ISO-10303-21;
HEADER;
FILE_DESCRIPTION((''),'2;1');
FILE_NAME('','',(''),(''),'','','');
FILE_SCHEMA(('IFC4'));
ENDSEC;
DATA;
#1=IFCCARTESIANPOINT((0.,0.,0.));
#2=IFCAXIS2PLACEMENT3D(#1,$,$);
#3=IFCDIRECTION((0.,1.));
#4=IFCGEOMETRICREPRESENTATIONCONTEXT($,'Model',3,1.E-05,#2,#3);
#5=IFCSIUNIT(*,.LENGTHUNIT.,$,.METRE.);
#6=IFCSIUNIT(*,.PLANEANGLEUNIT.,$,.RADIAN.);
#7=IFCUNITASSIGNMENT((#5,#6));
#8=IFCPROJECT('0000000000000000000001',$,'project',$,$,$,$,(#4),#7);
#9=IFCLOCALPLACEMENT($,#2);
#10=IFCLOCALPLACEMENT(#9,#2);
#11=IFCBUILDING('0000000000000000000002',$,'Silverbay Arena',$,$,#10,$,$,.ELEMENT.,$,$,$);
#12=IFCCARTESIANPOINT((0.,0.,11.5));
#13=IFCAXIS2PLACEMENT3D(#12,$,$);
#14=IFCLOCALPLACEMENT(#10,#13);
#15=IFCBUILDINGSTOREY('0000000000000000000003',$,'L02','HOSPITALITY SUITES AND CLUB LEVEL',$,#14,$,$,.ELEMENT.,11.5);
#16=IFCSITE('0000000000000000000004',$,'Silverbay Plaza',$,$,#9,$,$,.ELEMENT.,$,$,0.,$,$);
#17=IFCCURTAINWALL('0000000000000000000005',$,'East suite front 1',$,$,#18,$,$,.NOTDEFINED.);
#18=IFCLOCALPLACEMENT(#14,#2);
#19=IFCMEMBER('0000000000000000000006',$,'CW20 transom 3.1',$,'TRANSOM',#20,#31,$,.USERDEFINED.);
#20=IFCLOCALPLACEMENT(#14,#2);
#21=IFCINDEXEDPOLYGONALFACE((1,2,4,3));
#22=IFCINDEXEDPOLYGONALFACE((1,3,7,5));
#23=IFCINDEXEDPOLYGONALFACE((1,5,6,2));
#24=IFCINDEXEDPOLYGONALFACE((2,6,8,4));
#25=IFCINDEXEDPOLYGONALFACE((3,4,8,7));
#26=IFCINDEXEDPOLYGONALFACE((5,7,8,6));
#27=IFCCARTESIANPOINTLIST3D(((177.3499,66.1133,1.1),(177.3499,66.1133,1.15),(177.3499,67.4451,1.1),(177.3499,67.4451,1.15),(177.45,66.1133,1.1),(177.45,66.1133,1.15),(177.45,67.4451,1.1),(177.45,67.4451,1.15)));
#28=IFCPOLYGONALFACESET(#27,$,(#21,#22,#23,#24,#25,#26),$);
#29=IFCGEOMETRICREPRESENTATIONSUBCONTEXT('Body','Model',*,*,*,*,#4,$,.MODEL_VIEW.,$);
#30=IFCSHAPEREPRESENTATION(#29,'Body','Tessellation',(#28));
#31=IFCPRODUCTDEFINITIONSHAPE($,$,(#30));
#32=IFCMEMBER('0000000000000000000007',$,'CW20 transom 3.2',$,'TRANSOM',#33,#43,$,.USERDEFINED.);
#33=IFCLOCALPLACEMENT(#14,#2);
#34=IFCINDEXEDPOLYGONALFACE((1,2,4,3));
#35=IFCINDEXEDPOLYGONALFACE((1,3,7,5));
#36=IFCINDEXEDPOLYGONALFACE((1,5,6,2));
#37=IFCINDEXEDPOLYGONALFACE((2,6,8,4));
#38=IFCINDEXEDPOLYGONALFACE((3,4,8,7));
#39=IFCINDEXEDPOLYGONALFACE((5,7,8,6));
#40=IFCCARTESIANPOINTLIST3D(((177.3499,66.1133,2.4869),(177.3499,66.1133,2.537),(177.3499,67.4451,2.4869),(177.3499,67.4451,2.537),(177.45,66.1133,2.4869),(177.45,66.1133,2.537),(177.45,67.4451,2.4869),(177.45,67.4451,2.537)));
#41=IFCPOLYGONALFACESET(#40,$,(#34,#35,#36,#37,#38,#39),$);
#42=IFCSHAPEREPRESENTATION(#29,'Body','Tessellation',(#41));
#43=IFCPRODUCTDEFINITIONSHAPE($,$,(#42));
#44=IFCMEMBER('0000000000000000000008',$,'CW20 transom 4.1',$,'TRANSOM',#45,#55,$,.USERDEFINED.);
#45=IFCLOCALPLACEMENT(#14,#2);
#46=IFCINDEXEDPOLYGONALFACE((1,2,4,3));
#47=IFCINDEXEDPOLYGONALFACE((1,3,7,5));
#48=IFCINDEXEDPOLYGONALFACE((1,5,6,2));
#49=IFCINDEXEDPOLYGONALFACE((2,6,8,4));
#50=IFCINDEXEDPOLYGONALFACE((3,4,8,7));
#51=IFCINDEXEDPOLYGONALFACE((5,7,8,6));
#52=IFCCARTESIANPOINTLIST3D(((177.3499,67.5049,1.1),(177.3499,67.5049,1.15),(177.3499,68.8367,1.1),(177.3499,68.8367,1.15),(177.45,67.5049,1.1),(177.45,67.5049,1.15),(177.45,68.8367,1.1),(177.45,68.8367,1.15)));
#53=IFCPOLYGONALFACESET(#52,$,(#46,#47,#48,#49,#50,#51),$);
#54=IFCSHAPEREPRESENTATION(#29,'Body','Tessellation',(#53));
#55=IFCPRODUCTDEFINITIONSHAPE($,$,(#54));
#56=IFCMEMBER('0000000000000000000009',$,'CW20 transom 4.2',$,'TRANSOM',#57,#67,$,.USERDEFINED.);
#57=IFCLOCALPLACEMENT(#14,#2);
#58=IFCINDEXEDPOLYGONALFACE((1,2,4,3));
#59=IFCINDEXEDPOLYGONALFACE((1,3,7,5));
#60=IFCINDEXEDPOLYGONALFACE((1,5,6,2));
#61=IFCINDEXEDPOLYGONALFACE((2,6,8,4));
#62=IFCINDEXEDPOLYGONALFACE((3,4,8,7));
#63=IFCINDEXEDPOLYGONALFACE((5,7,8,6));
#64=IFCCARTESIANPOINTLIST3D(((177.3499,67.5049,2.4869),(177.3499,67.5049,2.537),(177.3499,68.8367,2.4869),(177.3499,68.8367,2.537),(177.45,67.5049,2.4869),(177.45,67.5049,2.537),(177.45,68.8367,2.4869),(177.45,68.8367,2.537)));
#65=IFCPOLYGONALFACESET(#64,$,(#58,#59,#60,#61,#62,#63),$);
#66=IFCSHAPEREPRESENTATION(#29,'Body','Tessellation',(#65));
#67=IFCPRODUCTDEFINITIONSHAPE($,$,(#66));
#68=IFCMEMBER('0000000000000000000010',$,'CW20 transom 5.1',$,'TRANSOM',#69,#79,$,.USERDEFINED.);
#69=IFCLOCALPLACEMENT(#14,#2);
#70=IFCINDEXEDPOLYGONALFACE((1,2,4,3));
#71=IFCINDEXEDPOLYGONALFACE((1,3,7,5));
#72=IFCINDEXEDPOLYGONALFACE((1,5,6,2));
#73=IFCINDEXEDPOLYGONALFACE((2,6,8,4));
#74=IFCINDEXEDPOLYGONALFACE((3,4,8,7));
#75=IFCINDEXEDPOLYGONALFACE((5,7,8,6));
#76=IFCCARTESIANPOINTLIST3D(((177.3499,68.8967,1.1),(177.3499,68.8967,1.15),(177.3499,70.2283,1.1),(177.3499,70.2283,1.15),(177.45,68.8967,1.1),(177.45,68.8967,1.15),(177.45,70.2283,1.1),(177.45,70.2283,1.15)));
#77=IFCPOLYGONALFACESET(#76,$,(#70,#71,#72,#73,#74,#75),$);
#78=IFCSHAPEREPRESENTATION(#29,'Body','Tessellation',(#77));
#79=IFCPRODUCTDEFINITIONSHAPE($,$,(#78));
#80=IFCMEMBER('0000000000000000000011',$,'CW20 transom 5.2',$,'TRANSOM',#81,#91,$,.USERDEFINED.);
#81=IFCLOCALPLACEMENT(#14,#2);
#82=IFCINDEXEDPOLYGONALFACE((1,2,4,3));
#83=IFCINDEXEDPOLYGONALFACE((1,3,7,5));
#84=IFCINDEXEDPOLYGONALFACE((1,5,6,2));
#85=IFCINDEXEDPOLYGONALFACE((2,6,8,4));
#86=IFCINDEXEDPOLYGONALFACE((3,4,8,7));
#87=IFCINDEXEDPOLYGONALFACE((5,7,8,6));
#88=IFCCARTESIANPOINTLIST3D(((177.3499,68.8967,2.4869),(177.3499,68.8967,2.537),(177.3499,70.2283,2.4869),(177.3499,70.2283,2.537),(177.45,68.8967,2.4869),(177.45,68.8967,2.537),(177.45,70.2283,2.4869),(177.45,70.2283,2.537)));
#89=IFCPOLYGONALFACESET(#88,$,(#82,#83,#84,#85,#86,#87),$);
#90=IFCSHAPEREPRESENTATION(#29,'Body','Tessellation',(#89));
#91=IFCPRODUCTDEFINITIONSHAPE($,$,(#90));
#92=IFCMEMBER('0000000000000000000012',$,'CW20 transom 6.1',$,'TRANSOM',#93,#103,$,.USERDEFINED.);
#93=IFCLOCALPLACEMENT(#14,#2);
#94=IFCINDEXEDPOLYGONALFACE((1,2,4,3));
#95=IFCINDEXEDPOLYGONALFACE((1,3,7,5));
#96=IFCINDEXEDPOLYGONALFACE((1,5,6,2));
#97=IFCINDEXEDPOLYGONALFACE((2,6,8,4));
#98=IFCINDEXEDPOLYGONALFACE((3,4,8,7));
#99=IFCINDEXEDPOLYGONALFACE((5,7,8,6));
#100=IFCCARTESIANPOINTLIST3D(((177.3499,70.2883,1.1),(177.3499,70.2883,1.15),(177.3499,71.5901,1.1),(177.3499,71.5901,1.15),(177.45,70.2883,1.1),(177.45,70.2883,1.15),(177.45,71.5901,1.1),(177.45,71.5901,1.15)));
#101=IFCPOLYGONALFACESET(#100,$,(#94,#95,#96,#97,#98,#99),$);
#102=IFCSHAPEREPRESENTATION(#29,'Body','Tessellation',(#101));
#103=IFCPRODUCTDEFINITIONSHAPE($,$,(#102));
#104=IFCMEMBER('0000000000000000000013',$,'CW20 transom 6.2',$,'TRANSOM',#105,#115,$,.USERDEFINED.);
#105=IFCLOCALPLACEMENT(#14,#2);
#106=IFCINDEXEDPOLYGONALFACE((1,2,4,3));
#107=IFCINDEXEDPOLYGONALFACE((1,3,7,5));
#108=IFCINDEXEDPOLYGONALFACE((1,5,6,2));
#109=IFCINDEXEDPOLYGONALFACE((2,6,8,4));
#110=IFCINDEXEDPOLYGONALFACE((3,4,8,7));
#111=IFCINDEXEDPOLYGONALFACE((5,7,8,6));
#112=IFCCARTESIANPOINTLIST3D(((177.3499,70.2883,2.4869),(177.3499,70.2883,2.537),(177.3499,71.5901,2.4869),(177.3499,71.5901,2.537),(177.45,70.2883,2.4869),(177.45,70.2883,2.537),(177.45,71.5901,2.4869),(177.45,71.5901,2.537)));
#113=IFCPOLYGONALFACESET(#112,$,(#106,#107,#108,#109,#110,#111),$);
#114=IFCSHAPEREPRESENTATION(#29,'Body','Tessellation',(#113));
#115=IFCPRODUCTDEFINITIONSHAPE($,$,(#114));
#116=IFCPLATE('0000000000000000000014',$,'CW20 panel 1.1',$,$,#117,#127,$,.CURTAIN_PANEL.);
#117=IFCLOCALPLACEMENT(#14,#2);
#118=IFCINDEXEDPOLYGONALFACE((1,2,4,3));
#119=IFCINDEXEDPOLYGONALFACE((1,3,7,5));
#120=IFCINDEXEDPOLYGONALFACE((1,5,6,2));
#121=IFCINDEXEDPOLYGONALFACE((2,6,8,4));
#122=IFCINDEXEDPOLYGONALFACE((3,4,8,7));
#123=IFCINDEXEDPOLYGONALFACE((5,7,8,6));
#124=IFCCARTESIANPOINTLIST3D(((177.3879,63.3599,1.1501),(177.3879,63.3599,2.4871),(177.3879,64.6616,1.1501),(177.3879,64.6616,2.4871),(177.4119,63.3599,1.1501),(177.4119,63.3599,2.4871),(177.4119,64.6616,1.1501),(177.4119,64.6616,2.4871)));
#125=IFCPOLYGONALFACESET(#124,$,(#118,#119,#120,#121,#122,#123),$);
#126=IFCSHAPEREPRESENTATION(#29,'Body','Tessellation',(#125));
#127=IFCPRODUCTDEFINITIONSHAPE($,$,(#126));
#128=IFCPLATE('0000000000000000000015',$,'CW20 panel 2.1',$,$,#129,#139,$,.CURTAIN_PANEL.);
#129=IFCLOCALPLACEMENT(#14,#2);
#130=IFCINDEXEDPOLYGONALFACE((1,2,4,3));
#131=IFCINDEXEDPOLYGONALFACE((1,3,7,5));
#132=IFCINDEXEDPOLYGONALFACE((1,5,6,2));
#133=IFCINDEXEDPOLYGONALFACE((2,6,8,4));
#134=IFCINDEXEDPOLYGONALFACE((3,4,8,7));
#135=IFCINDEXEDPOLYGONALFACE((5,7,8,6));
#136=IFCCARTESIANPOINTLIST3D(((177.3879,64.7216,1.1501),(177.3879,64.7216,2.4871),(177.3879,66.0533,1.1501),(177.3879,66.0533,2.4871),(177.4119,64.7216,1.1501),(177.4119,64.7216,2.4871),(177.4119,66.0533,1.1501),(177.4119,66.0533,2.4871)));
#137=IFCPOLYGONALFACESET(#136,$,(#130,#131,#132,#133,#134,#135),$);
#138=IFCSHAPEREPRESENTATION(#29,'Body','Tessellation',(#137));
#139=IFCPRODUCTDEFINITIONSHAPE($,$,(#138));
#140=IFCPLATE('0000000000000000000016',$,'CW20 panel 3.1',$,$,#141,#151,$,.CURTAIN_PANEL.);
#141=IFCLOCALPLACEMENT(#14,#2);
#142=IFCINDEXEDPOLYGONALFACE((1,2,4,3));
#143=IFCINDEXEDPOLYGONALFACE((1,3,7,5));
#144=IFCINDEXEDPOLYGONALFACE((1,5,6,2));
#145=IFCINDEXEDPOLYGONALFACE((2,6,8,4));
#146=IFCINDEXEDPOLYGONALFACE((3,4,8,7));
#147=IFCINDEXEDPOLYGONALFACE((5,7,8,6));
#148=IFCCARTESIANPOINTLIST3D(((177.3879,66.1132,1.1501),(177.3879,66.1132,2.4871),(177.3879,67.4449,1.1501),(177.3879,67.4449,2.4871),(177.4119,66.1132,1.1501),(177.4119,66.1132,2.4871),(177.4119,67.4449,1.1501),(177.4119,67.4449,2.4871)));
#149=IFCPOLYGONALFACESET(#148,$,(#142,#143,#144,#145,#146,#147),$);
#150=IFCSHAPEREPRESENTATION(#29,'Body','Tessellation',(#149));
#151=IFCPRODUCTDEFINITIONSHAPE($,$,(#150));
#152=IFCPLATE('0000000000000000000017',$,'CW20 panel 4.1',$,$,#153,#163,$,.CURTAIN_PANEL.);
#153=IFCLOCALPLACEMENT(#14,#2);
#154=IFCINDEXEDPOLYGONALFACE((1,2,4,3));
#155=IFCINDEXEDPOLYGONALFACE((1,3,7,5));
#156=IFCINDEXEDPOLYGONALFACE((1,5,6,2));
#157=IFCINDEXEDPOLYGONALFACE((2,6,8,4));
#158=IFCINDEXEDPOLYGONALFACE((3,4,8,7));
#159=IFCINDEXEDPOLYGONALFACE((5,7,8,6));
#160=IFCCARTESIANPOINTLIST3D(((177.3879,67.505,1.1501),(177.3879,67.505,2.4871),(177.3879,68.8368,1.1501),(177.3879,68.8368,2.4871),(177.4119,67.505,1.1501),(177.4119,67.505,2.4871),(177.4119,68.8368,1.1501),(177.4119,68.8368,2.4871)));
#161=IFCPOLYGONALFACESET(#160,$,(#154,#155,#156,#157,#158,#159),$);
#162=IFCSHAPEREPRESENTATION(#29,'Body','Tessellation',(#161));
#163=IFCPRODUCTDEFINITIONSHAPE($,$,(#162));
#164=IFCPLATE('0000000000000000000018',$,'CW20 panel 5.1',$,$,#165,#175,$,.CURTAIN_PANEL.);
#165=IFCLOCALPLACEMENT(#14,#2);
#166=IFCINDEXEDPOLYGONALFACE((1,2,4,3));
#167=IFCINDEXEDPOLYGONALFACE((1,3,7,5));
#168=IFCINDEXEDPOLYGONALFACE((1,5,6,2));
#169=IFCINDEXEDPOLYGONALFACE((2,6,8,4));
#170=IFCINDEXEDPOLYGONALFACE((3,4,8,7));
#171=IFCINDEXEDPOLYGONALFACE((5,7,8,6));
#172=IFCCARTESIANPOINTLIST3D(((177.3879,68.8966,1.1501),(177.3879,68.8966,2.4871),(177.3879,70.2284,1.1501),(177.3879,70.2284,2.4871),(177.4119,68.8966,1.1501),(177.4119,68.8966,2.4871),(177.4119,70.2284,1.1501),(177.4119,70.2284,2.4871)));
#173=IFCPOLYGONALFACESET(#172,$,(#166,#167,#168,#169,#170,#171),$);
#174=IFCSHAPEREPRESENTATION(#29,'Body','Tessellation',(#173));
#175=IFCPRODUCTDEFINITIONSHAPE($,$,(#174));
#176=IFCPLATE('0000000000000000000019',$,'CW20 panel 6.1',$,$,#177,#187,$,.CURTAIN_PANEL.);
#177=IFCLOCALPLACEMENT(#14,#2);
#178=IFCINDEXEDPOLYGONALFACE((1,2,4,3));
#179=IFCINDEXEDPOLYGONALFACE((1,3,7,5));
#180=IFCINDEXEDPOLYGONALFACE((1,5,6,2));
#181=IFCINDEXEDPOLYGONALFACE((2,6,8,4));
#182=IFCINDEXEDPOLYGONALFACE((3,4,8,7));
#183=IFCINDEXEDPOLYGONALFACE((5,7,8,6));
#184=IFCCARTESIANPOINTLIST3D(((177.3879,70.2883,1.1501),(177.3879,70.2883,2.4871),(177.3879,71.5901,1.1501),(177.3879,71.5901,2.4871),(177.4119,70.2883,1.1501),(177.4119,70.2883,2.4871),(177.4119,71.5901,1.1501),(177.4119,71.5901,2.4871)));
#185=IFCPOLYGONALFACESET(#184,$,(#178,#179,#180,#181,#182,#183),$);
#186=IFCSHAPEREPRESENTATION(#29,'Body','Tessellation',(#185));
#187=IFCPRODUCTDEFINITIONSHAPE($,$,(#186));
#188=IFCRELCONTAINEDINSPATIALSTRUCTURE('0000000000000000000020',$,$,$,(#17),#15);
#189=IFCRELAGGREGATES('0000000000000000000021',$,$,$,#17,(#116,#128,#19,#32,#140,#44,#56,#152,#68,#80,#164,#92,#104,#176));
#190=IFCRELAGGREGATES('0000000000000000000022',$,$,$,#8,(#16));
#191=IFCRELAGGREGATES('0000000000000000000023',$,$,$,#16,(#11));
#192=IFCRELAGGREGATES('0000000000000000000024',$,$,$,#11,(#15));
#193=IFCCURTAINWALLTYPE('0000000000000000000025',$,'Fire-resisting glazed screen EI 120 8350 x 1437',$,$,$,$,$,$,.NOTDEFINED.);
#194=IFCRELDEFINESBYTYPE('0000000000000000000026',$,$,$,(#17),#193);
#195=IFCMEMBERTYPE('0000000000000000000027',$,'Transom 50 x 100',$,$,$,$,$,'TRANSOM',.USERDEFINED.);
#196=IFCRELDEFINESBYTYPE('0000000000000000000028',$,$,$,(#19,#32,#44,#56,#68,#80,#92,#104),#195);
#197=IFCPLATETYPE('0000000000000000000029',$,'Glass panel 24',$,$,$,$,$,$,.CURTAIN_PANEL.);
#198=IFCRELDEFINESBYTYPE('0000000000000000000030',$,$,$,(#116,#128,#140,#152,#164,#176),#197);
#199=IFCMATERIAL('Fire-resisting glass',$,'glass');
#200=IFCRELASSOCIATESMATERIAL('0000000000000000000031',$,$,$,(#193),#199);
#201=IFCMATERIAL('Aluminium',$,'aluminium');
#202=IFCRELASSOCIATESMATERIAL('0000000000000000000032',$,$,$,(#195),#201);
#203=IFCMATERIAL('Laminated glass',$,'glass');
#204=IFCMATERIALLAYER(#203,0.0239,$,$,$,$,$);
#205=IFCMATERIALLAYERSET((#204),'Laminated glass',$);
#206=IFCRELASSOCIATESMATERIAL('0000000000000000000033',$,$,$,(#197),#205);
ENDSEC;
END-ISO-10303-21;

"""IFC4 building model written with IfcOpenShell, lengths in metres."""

from ifc_helpers import new_model, si_unit, direction, frame, origin, origin_2d, place, context, subcontext, project, spatial, rectangle, extrude, material, layer, layer_set, material_profile, profile_set, type_object, element, aggregate, save


model = new_model("IFC4")

# Units and contexts
model_context = context("Model", 3, precision=1e-05, world=origin(), true_north=direction((0.0, 1.0)))
body_context = subcontext(model_context, "Body", "Model", "MODEL_VIEW")
ifc_project = project(units=[si_unit("LENGTHUNIT", "METRE"), si_unit("PLANEANGLEUNIT", "RADIAN")], contexts=[model_context])

# Site, building, storey
site_placement = place(None, origin())
site = spatial("IfcSite", under=ifc_project, at=site_placement, Name="Silverbay Plaza", CompositionType="ELEMENT", RefElevation=0.0)
building_placement = place(site_placement, origin())
building = spatial("IfcBuilding", under=site, at=building_placement, Name="Silverbay Arena", CompositionType="ELEMENT")
storey_placement = place(building_placement, frame((0.0, 0.0, 11.5)))
storey = spatial("IfcBuildingStorey", under=building, at=storey_placement, Name="L02", Description="HOSPITALITY SUITES AND CLUB LEVEL", CompositionType="ELEMENT", Elevation=11.5)

# Curtain wall
ifc_material_1 = material(Name="Fire-resisting glass", Category="glass")
curtain_wall_type = type_object("IfcCurtainWallType", Name="Fire-resisting glazed screen EI 120 8350 x 1437", PredefinedType="NOTDEFINED", material=ifc_material_1)
curtain_wall_placement = place(storey_placement, origin())
curtain_wall = element("IfcCurtainWall", 1, at=curtain_wall_placement, inside=storey, type_object=curtain_wall_type, Name="East suite front 1", PredefinedType="NOTDEFINED")

# Members
ifc_material_2 = material(Name="Aluminium", Category="aluminium")
ifc_material_profile_1 = material_profile(ifc_material_2, rectangle(XDim=0.1001, YDim=0.05, at=origin_2d()), Name="Transom 50 x 100")
ifc_profile_set_1 = profile_set([ifc_material_profile_1], Name="Aluminium")
member_type_1 = type_object("IfcMemberType", Name="Transom 50 x 100", ElementType="TRANSOM", PredefinedType="USERDEFINED", material=ifc_profile_set_1)
member_1_placement = place(storey_placement, frame((177.3999, 66.1133, 1.125), z_axis=(0.0, 1.0, 0.0), x_axis=(-1.0, 0.0, 0.0)))
member_1 = element("IfcMember", 2, at=member_1_placement, type_object=member_type_1, Name="CW20 transom 3.1", ObjectType="TRANSOM", PredefinedType="USERDEFINED", context=body_context, shape_type="SweptSolid", body=[
    extrude(rectangle(XDim=0.1001, YDim=0.05, at=origin_2d()), origin(), (0.0, 0.0, 1.0), 1.3318),
])
member_2_placement = place(storey_placement, frame((177.3999, 66.1133, 2.512), z_axis=(0.0, 1.0, 0.0), x_axis=(-1.0, 0.0, 0.0)))
member_2 = element("IfcMember", 3, at=member_2_placement, type_object=member_type_1, Name="CW20 transom 3.2", ObjectType="TRANSOM", PredefinedType="USERDEFINED", context=body_context, shape_type="SweptSolid", body=[
    extrude(rectangle(XDim=0.1001, YDim=0.05, at=origin_2d()), origin(), (0.0, 0.0, 1.0), 1.3318),
])
member_3_placement = place(storey_placement, frame((177.3999, 67.5049, 1.125), z_axis=(0.0, 1.0, 0.0), x_axis=(-1.0, 0.0, 0.0)))
member_3 = element("IfcMember", 4, at=member_3_placement, type_object=member_type_1, Name="CW20 transom 4.1", ObjectType="TRANSOM", PredefinedType="USERDEFINED", context=body_context, shape_type="SweptSolid", body=[
    extrude(rectangle(XDim=0.1001, YDim=0.05, at=origin_2d()), origin(), (0.0, 0.0, 1.0), 1.3318),
])
member_4_placement = place(storey_placement, frame((177.3999, 67.5049, 2.512), z_axis=(0.0, 1.0, 0.0), x_axis=(-1.0, 0.0, 0.0)))
member_4 = element("IfcMember", 5, at=member_4_placement, type_object=member_type_1, Name="CW20 transom 4.2", ObjectType="TRANSOM", PredefinedType="USERDEFINED", context=body_context, shape_type="SweptSolid", body=[
    extrude(rectangle(XDim=0.1001, YDim=0.05, at=origin_2d()), origin(), (0.0, 0.0, 1.0), 1.3318),
])
member_5_placement = place(storey_placement, frame((177.3999, 68.8967, 1.125), z_axis=(0.0, 1.0, 0.0), x_axis=(-1.0, 0.0, 0.0)))
member_5 = element("IfcMember", 6, at=member_5_placement, type_object=member_type_1, Name="CW20 transom 5.1", ObjectType="TRANSOM", PredefinedType="USERDEFINED", context=body_context, shape_type="SweptSolid", body=[
    extrude(rectangle(XDim=0.1001, YDim=0.05, at=origin_2d()), origin(), (0.0, 0.0, 1.0), 1.3315),
])
member_6_placement = place(storey_placement, frame((177.3999, 68.8967, 2.512), z_axis=(0.0, 1.0, 0.0), x_axis=(-1.0, 0.0, 0.0)))
member_6 = element("IfcMember", 7, at=member_6_placement, type_object=member_type_1, Name="CW20 transom 5.2", ObjectType="TRANSOM", PredefinedType="USERDEFINED", context=body_context, shape_type="SweptSolid", body=[
    extrude(rectangle(XDim=0.1001, YDim=0.05, at=origin_2d()), origin(), (0.0, 0.0, 1.0), 1.3315),
])
member_7_placement = place(storey_placement, frame((177.3999, 70.2883, 1.125), z_axis=(0.0, 1.0, 0.0), x_axis=(-1.0, 0.0, 0.0)))
member_7 = element("IfcMember", 8, at=member_7_placement, type_object=member_type_1, Name="CW20 transom 6.1", ObjectType="TRANSOM", PredefinedType="USERDEFINED", context=body_context, shape_type="SweptSolid", body=[
    extrude(rectangle(XDim=0.1001, YDim=0.05, at=origin_2d()), origin(), (0.0, 0.0, 1.0), 1.3018),
])
member_8_placement = place(storey_placement, frame((177.3999, 70.2883, 2.512), z_axis=(0.0, 1.0, 0.0), x_axis=(-1.0, 0.0, 0.0)))
member_8 = element("IfcMember", 9, at=member_8_placement, type_object=member_type_1, Name="CW20 transom 6.2", ObjectType="TRANSOM", PredefinedType="USERDEFINED", context=body_context, shape_type="SweptSolid", body=[
    extrude(rectangle(XDim=0.1001, YDim=0.05, at=origin_2d()), origin(), (0.0, 0.0, 1.0), 1.3018),
])

# Plates
ifc_material_3 = material(Name="Laminated glass", Category="glass")
ifc_layer_1 = layer(ifc_material_3, 0.0239)
ifc_layer_set_1 = layer_set([ifc_layer_1], Name="Laminated glass")
plate_type = type_object("IfcPlateType", Name="Glass panel 24", PredefinedType="CURTAIN_PANEL", material=ifc_layer_set_1)
plate_1_placement = place(storey_placement, frame((177.3999, 64.0107, 1.1501), z_axis=(0.0, 0.0, 1.0), x_axis=(0.0, 1.0, 0.0)))
plate_1 = element("IfcPlate", 10, at=plate_1_placement, type_object=plate_type, Name="CW20 panel 1.1", PredefinedType="CURTAIN_PANEL", context=body_context, shape_type="SweptSolid", body=[
    extrude(rectangle(XDim=1.3018, YDim=0.0239, at=origin_2d()), origin(), (0.0, 0.0, 1.0), 1.3369),
])
plate_2_placement = place(storey_placement, frame((177.3999, 65.3875, 1.1501), z_axis=(0.0, 0.0, 1.0), x_axis=(0.0, 1.0, 0.0)))
plate_2 = element("IfcPlate", 11, at=plate_2_placement, type_object=plate_type, Name="CW20 panel 2.1", PredefinedType="CURTAIN_PANEL", context=body_context, shape_type="SweptSolid", body=[
    extrude(rectangle(XDim=1.3318, YDim=0.0239, at=origin_2d()), origin(), (0.0, 0.0, 1.0), 1.3369),
])
plate_3_placement = place(storey_placement, frame((177.3999, 66.7791, 1.1501), z_axis=(0.0, 0.0, 1.0), x_axis=(0.0, 1.0, 0.0)))
plate_3 = element("IfcPlate", 12, at=plate_3_placement, type_object=plate_type, Name="CW20 panel 3.1", PredefinedType="CURTAIN_PANEL", context=body_context, shape_type="SweptSolid", body=[
    extrude(rectangle(XDim=1.3318, YDim=0.0239, at=origin_2d()), origin(), (0.0, 0.0, 1.0), 1.3369),
])
plate_4_placement = place(storey_placement, frame((177.3999, 68.1709, 1.1501), z_axis=(0.0, 0.0, 1.0), x_axis=(0.0, 1.0, 0.0)))
plate_4 = element("IfcPlate", 13, at=plate_4_placement, type_object=plate_type, Name="CW20 panel 4.1", PredefinedType="CURTAIN_PANEL", context=body_context, shape_type="SweptSolid", body=[
    extrude(rectangle(XDim=1.3318, YDim=0.0239, at=origin_2d()), origin(), (0.0, 0.0, 1.0), 1.3369),
])
plate_5_placement = place(storey_placement, frame((177.3999, 69.5625, 1.1501), z_axis=(0.0, 0.0, 1.0), x_axis=(0.0, 1.0, 0.0)))
plate_5 = element("IfcPlate", 14, at=plate_5_placement, type_object=plate_type, Name="CW20 panel 5.1", PredefinedType="CURTAIN_PANEL", context=body_context, shape_type="SweptSolid", body=[
    extrude(rectangle(XDim=1.3318, YDim=0.0239, at=origin_2d()), origin(), (0.0, 0.0, 1.0), 1.3369),
])
plate_6_placement = place(storey_placement, frame((177.3999, 70.9392, 1.1501), z_axis=(0.0, 0.0, 1.0), x_axis=(0.0, 1.0, 0.0)))
plate_6 = element("IfcPlate", 15, at=plate_6_placement, type_object=plate_type, Name="CW20 panel 6.1", PredefinedType="CURTAIN_PANEL", context=body_context, shape_type="SweptSolid", body=[
    extrude(rectangle(XDim=1.3018, YDim=0.0239, at=origin_2d()), origin(), (0.0, 0.0, 1.0), 1.3369),
])
aggregate(curtain_wall, [plate_1, plate_2, member_1, member_2, plate_3, member_3, member_4, plate_4, member_5, member_6, plate_5, member_7, member_8, plate_6])

save(model, "model.ifc")
